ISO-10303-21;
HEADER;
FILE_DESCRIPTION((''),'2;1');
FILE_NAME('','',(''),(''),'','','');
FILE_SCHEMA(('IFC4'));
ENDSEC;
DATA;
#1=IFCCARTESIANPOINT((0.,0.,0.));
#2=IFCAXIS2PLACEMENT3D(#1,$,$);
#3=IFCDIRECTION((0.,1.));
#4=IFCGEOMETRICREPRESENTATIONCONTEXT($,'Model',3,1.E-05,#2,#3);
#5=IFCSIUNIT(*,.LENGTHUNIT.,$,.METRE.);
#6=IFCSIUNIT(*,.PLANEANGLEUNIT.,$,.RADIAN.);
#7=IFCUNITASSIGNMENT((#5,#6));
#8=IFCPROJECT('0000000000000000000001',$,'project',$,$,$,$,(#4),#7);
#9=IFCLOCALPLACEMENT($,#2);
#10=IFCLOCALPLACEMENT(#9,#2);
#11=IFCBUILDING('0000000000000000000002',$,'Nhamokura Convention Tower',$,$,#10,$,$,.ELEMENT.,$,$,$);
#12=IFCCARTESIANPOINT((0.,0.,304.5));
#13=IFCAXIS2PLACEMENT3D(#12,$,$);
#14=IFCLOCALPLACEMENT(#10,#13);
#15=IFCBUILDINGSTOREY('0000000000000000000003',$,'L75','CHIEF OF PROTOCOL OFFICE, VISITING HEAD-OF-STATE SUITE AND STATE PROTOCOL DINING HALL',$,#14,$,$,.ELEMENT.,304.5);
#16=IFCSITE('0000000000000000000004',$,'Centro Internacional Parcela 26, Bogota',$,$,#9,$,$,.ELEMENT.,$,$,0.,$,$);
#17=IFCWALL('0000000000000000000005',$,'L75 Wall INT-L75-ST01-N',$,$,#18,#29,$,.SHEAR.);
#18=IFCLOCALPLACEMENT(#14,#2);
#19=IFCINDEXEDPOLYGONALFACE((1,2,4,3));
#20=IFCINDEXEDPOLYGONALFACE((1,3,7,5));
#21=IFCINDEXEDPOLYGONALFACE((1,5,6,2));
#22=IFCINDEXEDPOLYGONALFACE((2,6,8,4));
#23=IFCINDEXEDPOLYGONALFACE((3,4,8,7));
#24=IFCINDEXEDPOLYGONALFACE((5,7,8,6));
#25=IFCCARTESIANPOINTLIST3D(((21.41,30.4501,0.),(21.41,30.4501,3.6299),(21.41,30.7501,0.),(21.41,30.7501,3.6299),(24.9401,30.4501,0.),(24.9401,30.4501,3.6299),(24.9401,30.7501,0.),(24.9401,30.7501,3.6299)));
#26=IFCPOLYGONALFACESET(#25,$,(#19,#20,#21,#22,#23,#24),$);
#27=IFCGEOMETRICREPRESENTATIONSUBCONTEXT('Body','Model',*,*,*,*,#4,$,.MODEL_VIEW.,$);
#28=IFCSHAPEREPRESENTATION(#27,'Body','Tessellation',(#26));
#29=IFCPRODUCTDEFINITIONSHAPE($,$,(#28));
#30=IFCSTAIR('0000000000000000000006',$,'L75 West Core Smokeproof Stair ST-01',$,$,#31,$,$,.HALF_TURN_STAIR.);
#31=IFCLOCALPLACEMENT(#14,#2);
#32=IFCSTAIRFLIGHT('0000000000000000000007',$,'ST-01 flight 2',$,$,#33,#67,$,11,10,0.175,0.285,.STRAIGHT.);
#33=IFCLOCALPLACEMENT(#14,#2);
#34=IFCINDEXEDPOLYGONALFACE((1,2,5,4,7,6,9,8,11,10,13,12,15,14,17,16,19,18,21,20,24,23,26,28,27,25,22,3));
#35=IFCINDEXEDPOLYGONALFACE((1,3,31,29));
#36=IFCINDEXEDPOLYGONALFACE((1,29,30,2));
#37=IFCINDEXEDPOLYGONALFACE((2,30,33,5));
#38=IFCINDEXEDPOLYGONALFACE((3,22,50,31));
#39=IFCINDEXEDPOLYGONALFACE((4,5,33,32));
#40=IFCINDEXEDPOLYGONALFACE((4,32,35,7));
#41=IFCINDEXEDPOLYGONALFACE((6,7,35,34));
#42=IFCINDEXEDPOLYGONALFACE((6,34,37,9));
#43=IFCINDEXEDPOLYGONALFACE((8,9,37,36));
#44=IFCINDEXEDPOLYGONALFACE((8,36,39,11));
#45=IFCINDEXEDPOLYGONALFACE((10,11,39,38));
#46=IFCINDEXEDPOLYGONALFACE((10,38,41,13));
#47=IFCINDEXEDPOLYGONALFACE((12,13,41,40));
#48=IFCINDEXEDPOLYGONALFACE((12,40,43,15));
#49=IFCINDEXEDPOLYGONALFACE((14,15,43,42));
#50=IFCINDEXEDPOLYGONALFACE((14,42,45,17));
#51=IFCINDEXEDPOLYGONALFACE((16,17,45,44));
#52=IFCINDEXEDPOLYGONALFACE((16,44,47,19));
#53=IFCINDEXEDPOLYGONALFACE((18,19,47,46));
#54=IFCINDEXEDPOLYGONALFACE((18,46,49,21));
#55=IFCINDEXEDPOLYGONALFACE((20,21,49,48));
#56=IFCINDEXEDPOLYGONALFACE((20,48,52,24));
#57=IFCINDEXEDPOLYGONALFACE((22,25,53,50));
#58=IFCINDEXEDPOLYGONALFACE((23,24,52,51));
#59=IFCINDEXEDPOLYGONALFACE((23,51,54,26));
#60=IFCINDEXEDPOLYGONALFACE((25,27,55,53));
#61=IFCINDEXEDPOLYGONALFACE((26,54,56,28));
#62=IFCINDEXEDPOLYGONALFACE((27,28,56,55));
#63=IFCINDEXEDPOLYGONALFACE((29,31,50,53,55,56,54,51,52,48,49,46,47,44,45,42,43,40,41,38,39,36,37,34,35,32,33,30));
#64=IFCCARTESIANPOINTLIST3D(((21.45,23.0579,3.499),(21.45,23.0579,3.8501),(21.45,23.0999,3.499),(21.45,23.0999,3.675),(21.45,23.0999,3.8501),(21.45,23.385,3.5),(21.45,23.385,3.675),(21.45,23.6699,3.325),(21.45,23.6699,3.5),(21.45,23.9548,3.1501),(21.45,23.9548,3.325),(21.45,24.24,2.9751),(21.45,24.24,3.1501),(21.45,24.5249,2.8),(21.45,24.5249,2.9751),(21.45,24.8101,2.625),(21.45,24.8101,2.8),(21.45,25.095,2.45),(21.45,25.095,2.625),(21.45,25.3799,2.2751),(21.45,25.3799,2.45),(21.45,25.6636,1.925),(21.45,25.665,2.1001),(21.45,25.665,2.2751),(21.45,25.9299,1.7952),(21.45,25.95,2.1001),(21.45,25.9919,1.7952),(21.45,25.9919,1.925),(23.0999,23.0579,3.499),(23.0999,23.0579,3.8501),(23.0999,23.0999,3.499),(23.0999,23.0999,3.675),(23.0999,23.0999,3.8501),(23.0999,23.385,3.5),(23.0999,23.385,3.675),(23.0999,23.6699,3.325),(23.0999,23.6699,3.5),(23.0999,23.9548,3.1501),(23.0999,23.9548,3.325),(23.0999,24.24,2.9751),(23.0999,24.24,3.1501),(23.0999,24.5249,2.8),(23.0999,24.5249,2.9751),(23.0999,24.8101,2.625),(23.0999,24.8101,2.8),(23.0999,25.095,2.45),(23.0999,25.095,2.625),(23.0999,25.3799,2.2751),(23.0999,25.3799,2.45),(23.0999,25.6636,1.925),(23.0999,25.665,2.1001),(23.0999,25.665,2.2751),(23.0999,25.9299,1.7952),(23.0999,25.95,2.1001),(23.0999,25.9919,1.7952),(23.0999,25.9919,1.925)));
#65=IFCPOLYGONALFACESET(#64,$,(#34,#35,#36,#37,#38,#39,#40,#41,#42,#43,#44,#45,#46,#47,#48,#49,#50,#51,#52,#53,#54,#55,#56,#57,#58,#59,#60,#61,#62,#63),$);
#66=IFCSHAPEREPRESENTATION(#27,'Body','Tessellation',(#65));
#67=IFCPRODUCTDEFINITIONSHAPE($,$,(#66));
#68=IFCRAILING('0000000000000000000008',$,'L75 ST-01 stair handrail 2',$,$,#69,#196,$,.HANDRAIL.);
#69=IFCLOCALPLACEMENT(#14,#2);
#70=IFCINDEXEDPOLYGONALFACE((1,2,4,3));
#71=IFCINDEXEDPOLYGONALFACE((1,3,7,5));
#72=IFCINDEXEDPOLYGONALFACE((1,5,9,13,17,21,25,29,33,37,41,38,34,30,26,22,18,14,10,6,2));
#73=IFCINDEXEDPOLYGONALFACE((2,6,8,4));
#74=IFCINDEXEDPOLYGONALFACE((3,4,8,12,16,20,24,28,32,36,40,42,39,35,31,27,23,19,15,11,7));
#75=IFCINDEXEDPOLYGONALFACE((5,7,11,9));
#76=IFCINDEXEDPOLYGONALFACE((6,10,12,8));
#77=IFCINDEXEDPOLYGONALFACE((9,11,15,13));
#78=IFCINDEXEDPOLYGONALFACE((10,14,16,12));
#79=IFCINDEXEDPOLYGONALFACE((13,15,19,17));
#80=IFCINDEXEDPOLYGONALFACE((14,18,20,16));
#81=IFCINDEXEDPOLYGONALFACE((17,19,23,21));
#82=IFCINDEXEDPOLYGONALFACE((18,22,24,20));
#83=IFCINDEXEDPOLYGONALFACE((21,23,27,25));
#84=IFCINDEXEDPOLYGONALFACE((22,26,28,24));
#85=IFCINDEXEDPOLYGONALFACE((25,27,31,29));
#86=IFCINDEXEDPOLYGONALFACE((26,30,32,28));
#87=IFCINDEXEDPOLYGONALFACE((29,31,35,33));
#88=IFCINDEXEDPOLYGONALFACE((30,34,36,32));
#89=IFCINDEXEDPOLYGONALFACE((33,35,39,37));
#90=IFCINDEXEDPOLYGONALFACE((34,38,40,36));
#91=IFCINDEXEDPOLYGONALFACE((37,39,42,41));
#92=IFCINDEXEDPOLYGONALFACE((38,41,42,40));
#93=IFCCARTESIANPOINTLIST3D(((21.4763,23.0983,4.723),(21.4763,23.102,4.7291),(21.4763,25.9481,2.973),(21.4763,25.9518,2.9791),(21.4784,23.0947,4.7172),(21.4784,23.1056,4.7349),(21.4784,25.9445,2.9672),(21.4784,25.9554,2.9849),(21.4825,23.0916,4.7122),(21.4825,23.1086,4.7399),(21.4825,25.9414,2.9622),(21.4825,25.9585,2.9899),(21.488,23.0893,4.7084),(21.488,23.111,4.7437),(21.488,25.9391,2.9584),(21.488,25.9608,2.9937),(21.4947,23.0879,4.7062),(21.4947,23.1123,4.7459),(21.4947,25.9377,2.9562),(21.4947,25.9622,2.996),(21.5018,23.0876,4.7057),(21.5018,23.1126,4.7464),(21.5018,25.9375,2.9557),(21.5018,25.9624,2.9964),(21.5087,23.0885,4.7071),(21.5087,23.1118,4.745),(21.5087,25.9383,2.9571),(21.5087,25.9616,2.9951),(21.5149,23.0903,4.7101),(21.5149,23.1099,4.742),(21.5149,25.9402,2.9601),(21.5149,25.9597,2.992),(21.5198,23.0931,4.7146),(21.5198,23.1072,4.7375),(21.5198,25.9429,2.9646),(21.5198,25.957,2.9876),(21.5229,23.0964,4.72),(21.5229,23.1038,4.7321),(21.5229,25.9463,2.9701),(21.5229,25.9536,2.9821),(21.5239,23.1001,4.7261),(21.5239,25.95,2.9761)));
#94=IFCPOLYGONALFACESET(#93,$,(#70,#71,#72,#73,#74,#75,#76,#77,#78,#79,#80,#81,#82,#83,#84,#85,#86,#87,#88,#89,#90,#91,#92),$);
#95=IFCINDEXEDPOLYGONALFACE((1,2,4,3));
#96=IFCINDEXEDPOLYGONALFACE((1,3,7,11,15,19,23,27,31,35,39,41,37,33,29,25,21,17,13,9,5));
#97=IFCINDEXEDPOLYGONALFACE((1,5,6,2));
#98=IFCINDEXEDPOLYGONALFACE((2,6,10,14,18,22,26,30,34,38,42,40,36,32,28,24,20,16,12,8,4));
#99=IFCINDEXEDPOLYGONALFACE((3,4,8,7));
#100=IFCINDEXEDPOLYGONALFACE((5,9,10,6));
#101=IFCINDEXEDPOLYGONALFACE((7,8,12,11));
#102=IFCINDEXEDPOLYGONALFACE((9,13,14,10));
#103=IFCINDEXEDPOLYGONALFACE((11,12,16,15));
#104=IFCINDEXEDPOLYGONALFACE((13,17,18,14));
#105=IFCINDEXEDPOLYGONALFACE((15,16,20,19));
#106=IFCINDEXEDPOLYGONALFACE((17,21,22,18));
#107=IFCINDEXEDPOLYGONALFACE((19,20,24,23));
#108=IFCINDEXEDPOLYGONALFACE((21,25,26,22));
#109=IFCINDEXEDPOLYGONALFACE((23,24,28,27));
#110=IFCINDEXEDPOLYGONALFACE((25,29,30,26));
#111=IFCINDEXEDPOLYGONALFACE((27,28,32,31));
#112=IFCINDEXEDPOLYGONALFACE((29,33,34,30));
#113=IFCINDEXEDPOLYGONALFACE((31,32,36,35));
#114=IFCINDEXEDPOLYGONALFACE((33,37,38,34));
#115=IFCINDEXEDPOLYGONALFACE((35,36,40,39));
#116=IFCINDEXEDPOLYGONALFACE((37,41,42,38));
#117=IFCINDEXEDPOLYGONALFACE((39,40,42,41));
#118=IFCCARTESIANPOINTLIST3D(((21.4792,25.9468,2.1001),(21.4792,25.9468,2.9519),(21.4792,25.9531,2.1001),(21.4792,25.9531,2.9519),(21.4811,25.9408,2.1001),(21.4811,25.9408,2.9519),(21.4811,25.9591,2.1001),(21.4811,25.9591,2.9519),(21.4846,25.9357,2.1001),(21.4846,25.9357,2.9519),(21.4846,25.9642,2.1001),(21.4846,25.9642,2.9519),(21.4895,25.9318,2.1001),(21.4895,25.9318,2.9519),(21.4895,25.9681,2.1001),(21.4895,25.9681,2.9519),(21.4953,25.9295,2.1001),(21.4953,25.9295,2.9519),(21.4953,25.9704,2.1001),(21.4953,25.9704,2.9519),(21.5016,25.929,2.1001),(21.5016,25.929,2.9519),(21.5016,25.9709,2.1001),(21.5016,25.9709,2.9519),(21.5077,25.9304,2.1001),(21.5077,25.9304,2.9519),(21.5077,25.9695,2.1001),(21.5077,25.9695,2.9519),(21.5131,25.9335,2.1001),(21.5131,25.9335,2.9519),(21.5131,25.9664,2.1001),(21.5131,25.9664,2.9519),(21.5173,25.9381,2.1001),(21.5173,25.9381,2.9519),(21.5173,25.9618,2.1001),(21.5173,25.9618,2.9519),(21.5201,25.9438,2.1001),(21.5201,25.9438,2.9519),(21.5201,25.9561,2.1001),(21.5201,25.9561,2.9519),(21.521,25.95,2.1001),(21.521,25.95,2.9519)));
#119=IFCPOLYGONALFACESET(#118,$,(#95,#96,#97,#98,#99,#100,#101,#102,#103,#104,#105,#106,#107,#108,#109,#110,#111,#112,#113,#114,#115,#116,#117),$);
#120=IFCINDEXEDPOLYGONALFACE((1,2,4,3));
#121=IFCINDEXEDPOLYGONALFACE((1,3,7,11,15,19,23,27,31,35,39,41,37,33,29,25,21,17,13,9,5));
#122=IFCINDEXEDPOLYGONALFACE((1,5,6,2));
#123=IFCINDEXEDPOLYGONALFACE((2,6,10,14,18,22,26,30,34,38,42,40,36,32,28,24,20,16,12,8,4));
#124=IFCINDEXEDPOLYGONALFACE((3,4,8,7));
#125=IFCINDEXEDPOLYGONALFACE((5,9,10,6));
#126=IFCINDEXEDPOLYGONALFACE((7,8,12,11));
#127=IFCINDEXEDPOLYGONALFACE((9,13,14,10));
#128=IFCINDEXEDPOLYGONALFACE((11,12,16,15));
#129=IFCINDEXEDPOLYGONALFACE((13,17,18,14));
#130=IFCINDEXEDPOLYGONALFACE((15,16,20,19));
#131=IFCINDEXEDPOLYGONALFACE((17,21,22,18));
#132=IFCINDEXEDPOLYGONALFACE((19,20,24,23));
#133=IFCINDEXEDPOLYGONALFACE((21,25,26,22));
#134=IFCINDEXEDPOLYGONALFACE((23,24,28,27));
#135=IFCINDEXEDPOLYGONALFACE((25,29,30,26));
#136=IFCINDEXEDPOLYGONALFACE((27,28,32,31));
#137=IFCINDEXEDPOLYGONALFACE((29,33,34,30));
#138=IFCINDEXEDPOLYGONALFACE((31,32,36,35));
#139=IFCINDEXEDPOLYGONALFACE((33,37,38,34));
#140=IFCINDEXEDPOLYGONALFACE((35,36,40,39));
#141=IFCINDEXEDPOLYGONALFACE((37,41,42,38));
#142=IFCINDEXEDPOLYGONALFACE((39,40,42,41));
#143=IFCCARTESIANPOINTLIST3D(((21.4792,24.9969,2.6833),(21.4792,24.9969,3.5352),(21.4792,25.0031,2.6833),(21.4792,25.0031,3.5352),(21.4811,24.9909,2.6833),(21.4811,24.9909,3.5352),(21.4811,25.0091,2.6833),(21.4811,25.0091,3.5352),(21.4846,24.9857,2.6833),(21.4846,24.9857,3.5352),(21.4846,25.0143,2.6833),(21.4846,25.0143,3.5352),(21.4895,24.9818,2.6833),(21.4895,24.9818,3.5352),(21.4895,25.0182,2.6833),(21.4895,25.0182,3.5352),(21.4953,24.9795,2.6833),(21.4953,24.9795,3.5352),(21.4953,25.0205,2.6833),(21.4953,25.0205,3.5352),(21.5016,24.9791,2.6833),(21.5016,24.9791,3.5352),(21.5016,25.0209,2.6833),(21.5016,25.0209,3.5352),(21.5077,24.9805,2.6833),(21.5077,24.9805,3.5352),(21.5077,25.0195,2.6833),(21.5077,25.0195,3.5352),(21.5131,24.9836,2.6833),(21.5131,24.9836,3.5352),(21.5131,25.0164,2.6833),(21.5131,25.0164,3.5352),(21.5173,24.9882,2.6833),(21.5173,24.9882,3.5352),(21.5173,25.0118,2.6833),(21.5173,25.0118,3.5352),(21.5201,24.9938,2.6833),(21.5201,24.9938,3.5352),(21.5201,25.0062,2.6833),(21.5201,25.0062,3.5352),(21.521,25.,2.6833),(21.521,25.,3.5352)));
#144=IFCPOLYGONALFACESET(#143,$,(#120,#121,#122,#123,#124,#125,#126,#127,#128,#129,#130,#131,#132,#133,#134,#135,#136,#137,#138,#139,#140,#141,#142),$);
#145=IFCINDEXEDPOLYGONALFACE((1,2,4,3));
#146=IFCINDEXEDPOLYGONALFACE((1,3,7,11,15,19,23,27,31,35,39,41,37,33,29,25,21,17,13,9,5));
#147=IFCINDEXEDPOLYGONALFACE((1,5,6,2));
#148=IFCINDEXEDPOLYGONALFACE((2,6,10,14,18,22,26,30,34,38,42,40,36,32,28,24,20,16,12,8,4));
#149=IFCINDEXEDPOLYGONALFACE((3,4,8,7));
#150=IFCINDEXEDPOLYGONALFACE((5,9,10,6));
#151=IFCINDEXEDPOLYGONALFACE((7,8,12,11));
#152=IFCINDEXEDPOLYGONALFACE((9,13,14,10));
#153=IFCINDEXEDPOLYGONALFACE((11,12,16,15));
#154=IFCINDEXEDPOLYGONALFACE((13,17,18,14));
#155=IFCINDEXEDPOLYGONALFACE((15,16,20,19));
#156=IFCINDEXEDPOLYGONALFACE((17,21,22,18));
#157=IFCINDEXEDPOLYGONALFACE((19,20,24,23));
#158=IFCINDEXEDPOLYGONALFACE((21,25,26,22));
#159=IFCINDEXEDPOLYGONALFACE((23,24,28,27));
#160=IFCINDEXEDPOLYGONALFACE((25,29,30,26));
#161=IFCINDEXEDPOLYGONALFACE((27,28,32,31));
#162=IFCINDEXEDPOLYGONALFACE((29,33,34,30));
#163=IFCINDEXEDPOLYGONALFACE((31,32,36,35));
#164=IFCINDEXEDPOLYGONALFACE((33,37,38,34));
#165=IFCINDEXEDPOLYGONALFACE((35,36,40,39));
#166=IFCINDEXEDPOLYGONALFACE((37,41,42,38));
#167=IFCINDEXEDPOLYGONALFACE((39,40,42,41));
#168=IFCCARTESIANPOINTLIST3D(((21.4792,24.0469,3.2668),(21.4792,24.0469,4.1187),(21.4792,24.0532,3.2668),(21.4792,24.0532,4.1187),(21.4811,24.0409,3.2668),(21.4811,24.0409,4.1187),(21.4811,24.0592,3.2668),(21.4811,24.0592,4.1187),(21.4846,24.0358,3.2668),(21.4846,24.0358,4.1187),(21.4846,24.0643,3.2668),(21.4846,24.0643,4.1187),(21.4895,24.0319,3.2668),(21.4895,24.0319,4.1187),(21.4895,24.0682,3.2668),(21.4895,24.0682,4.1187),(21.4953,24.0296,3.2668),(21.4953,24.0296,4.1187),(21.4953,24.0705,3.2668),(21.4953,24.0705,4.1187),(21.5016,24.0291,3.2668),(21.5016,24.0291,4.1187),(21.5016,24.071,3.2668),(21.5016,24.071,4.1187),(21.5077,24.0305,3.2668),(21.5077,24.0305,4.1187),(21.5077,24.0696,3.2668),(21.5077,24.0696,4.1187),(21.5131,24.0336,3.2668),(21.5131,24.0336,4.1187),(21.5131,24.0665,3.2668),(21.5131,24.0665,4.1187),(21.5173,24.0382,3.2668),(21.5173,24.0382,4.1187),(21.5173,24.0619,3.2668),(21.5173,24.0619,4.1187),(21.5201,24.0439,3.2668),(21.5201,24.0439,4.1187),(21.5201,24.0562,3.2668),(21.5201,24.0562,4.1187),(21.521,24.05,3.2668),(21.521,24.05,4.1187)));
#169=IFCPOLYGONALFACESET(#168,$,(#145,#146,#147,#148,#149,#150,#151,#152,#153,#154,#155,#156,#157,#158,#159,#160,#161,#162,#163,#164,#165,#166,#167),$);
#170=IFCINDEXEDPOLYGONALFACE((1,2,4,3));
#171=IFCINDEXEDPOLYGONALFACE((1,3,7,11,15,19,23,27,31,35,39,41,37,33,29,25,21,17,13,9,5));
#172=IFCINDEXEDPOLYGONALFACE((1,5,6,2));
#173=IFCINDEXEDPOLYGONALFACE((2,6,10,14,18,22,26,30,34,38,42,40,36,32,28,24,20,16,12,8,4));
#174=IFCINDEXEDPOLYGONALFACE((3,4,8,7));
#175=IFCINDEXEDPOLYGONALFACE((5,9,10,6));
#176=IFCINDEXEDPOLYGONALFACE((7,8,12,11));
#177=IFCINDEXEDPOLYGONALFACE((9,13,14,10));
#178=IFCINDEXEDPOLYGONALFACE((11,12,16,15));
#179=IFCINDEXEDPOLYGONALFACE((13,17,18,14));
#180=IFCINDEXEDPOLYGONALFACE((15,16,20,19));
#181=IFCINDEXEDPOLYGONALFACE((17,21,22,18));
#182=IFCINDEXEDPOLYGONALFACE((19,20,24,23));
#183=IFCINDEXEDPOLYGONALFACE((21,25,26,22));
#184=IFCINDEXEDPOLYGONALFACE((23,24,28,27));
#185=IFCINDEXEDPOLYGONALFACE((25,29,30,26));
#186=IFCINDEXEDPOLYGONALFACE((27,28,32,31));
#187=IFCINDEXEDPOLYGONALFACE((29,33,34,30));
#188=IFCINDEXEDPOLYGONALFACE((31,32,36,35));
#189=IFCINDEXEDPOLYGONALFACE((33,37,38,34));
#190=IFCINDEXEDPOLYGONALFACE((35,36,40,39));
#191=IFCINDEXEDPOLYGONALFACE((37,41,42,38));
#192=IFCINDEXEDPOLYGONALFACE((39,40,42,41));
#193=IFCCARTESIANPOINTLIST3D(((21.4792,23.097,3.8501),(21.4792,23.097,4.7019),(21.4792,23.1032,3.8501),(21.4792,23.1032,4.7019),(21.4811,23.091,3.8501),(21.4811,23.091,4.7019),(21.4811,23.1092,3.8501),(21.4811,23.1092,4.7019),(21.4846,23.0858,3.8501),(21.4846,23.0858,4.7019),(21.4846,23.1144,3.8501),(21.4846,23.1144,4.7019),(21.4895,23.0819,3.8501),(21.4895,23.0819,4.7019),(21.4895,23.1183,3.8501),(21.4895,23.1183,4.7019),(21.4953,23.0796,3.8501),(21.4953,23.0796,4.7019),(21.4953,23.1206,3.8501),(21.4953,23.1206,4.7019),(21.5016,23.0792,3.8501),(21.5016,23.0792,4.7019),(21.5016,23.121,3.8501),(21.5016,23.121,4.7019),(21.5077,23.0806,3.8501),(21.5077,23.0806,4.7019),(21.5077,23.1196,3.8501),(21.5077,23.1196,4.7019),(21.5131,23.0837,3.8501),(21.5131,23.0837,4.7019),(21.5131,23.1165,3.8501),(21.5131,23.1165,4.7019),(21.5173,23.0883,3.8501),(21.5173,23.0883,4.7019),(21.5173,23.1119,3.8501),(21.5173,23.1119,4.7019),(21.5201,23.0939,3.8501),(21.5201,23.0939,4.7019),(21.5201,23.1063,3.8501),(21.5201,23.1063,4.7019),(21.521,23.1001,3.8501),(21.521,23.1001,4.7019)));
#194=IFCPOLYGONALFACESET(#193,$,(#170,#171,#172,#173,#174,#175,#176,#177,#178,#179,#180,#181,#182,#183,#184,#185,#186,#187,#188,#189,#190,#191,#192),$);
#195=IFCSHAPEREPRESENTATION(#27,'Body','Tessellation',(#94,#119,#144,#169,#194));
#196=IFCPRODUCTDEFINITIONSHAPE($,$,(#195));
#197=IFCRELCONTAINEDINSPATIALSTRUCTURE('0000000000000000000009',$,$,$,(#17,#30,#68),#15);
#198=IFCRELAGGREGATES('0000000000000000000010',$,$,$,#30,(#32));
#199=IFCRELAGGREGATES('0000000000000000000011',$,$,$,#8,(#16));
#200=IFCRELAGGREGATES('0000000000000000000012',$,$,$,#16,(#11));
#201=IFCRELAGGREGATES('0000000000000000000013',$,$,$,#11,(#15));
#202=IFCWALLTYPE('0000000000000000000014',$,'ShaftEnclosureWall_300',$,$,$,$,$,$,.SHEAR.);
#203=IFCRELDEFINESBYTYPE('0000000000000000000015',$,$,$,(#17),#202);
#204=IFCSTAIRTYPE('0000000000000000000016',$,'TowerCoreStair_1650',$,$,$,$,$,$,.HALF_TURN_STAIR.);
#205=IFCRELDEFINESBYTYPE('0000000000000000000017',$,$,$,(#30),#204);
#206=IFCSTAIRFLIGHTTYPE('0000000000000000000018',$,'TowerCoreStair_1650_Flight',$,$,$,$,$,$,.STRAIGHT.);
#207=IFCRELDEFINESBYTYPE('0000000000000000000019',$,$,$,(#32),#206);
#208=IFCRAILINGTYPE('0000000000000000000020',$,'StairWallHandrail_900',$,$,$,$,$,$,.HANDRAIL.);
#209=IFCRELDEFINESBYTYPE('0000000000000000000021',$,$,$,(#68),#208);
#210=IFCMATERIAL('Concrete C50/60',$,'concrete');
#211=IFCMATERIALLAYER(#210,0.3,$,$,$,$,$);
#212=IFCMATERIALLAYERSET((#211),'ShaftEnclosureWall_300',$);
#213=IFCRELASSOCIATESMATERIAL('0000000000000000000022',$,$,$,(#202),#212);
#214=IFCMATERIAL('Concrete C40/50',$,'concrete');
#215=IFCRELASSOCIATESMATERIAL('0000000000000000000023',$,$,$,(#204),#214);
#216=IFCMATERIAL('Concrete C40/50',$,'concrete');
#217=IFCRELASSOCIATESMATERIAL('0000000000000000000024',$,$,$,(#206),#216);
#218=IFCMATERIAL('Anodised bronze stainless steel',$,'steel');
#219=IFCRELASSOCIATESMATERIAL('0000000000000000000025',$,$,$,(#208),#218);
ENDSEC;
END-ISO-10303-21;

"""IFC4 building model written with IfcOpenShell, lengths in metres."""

from ifc_helpers import new_model, si_unit, direction, frame, frame_2d, origin, origin_2d, place, context, subcontext, project, spatial, polyline, rectangle, circle, outline, extrude, material, layer, layer_set, type_object, element, aggregate, save


model = new_model("IFC4")

# Units and contexts
model_context = context("Model", 3, precision=1e-05, world=origin(), true_north=direction((0.0, 1.0)))
body_context = subcontext(model_context, "Body", "Model", "MODEL_VIEW")
ifc_project = project(units=[si_unit("LENGTHUNIT", "METRE"), si_unit("PLANEANGLEUNIT", "RADIAN")], contexts=[model_context])

# Site, building, storey
site_placement = place(None, origin())
site = spatial("IfcSite", under=ifc_project, at=site_placement, Name="Centro Internacional Parcela 26, Bogota", CompositionType="ELEMENT", RefElevation=0.0)
building_placement = place(site_placement, origin())
building = spatial("IfcBuilding", under=site, at=building_placement, Name="Nhamokura Convention Tower", CompositionType="ELEMENT")
storey_placement = place(building_placement, frame((0.0, 0.0, 304.5)))
storey = spatial("IfcBuildingStorey", under=building, at=storey_placement, Name="L75", Description="CHIEF OF PROTOCOL OFFICE, VISITING HEAD-OF-STATE SUITE AND STATE PROTOCOL DINING HALL", CompositionType="ELEMENT", Elevation=304.5)

# Wall
ifc_material_1 = material(Name="Concrete C50/60", Category="concrete")
ifc_layer_1 = layer(ifc_material_1, 0.3)
ifc_layer_set_1 = layer_set([ifc_layer_1], Name="ShaftEnclosureWall_300")
wall_type_1 = type_object("IfcWallType", Name="ShaftEnclosureWall_300", PredefinedType="SHEAR", material=ifc_layer_set_1)
wall_1_placement = place(storey_placement, frame((21.4099, 30.6001, 0.0), z_axis=(0.0, 0.0, 1.0), x_axis=(1.0, 0.0, 0.0)))
element("IfcWall", 1, at=wall_1_placement, inside=storey, type_object=wall_type_1, Name="L75 Wall INT-L75-ST01-N", PredefinedType="SHEAR", context=body_context, shape_type="SweptSolid", body=[
    extrude(rectangle(XDim=3.53, YDim=0.3, at=frame_2d((1.7651, 0.0))), origin(), (0.0, 0.0, 1.0), 3.6299),
])

# Stair, stair flight
ifc_material_2 = material(Name="Concrete C40/50", Category="concrete")
stair_type = type_object("IfcStairType", Name="TowerCoreStair_1650", PredefinedType="HALF_TURN_STAIR", material=ifc_material_2)
stair_placement = place(storey_placement, origin())
stair = element("IfcStair", 2, at=stair_placement, inside=storey, type_object=stair_type, Name="L75 West Core Smokeproof Stair ST-01", PredefinedType="HALF_TURN_STAIR")
ifc_material_3 = material(Name="Concrete C40/50", Category="concrete")
stair_flight_type = type_object("IfcStairFlightType", Name="TowerCoreStair_1650_Flight", PredefinedType="STRAIGHT", material=ifc_material_3)
stair_flight_placement = place(storey_placement, frame((22.2749, 25.95, 1.925), z_axis=(0.0, 0.0, 1.0), x_axis=(0.0, -1.0, 0.0)))
stair_flight = element("IfcStairFlight", 3, at=stair_flight_placement, type_object=stair_flight_type, Name="ST-01 flight 2", NumberOfRisers=11, NumberOfTreads=10, PredefinedType="STRAIGHT", RiserHeight=0.175, TreadLength=0.285, context=body_context, shape_type="SweptSolid", body=[
    extrude(outline(polyline([(-0.042, 0.0), (0.0, 0.175), (0.2849, 0.175), (0.2849, 0.3501), (0.5701, 0.3501), (0.5701, 0.5249), (0.855, 0.5249), (0.855, 0.7), (1.1399, 0.7), (1.1399, 0.875), (1.425, 0.875), (1.425, 1.05), (1.71, 1.05), (1.71, 1.2251), (1.9951, 1.2251), (1.9951, 1.3999), (2.28, 1.3999), (2.28, 1.575), (2.5649, 1.575), (2.5649, 1.75), (2.8501, 1.75), (2.8501, 1.925), (2.8921, 1.925), (2.8921, 1.574), (2.8501, 1.574), (0.2864, 0.0), (0.02, -0.1299), (-0.042, -0.1299), (-0.042, 0.0)])), frame((0.0, 0.825, 0.0), z_axis=(0.0, -1.0, 0.0), x_axis=(1.0, 0.0, 0.0)), (0.0, 0.0, 1.0), 1.6499),
])
aggregate(stair, [stair_flight])

# Railing
ifc_material_4 = material(Name="Anodised bronze stainless steel", Category="steel")
railing_type_1 = type_object("IfcRailingType", Name="StairWallHandrail_900", PredefinedType="HANDRAIL", material=ifc_material_4)
railing_1_placement = place(storey_placement, frame((21.5, 25.95, 2.1001)))
element("IfcRailing", 4, at=railing_1_placement, inside=storey, type_object=railing_type_1, Name="L75 ST-01 stair handrail 2", PredefinedType="HANDRAIL", context=body_context, shape_type="SweptSolid", body=[
    extrude(circle(Radius=0.0239, at=origin_2d()), frame((0.0, 0.0, 0.876), z_axis=(0.0, -0.852159, 0.523283), x_axis=(1.0, 0.0, 0.0)), (0.0, 0.0, 1.0), 3.3442),
    extrude(circle(Radius=0.021, at=origin_2d()), origin(), (0.0, 0.0, 1.0), 0.8518),
    extrude(circle(Radius=0.021, at=origin_2d()), frame((0.0, -0.95, 0.5833)), (0.0, 0.0, 1.0), 0.8518),
    extrude(circle(Radius=0.021, at=origin_2d()), frame((0.0, -1.8999, 1.1667)), (0.0, 0.0, 1.0), 0.8518),
    extrude(circle(Radius=0.021, at=origin_2d()), frame((0.0, -2.8499, 1.75)), (0.0, 0.0, 1.0), 0.8518),
])

save(model, "model.ifc")
